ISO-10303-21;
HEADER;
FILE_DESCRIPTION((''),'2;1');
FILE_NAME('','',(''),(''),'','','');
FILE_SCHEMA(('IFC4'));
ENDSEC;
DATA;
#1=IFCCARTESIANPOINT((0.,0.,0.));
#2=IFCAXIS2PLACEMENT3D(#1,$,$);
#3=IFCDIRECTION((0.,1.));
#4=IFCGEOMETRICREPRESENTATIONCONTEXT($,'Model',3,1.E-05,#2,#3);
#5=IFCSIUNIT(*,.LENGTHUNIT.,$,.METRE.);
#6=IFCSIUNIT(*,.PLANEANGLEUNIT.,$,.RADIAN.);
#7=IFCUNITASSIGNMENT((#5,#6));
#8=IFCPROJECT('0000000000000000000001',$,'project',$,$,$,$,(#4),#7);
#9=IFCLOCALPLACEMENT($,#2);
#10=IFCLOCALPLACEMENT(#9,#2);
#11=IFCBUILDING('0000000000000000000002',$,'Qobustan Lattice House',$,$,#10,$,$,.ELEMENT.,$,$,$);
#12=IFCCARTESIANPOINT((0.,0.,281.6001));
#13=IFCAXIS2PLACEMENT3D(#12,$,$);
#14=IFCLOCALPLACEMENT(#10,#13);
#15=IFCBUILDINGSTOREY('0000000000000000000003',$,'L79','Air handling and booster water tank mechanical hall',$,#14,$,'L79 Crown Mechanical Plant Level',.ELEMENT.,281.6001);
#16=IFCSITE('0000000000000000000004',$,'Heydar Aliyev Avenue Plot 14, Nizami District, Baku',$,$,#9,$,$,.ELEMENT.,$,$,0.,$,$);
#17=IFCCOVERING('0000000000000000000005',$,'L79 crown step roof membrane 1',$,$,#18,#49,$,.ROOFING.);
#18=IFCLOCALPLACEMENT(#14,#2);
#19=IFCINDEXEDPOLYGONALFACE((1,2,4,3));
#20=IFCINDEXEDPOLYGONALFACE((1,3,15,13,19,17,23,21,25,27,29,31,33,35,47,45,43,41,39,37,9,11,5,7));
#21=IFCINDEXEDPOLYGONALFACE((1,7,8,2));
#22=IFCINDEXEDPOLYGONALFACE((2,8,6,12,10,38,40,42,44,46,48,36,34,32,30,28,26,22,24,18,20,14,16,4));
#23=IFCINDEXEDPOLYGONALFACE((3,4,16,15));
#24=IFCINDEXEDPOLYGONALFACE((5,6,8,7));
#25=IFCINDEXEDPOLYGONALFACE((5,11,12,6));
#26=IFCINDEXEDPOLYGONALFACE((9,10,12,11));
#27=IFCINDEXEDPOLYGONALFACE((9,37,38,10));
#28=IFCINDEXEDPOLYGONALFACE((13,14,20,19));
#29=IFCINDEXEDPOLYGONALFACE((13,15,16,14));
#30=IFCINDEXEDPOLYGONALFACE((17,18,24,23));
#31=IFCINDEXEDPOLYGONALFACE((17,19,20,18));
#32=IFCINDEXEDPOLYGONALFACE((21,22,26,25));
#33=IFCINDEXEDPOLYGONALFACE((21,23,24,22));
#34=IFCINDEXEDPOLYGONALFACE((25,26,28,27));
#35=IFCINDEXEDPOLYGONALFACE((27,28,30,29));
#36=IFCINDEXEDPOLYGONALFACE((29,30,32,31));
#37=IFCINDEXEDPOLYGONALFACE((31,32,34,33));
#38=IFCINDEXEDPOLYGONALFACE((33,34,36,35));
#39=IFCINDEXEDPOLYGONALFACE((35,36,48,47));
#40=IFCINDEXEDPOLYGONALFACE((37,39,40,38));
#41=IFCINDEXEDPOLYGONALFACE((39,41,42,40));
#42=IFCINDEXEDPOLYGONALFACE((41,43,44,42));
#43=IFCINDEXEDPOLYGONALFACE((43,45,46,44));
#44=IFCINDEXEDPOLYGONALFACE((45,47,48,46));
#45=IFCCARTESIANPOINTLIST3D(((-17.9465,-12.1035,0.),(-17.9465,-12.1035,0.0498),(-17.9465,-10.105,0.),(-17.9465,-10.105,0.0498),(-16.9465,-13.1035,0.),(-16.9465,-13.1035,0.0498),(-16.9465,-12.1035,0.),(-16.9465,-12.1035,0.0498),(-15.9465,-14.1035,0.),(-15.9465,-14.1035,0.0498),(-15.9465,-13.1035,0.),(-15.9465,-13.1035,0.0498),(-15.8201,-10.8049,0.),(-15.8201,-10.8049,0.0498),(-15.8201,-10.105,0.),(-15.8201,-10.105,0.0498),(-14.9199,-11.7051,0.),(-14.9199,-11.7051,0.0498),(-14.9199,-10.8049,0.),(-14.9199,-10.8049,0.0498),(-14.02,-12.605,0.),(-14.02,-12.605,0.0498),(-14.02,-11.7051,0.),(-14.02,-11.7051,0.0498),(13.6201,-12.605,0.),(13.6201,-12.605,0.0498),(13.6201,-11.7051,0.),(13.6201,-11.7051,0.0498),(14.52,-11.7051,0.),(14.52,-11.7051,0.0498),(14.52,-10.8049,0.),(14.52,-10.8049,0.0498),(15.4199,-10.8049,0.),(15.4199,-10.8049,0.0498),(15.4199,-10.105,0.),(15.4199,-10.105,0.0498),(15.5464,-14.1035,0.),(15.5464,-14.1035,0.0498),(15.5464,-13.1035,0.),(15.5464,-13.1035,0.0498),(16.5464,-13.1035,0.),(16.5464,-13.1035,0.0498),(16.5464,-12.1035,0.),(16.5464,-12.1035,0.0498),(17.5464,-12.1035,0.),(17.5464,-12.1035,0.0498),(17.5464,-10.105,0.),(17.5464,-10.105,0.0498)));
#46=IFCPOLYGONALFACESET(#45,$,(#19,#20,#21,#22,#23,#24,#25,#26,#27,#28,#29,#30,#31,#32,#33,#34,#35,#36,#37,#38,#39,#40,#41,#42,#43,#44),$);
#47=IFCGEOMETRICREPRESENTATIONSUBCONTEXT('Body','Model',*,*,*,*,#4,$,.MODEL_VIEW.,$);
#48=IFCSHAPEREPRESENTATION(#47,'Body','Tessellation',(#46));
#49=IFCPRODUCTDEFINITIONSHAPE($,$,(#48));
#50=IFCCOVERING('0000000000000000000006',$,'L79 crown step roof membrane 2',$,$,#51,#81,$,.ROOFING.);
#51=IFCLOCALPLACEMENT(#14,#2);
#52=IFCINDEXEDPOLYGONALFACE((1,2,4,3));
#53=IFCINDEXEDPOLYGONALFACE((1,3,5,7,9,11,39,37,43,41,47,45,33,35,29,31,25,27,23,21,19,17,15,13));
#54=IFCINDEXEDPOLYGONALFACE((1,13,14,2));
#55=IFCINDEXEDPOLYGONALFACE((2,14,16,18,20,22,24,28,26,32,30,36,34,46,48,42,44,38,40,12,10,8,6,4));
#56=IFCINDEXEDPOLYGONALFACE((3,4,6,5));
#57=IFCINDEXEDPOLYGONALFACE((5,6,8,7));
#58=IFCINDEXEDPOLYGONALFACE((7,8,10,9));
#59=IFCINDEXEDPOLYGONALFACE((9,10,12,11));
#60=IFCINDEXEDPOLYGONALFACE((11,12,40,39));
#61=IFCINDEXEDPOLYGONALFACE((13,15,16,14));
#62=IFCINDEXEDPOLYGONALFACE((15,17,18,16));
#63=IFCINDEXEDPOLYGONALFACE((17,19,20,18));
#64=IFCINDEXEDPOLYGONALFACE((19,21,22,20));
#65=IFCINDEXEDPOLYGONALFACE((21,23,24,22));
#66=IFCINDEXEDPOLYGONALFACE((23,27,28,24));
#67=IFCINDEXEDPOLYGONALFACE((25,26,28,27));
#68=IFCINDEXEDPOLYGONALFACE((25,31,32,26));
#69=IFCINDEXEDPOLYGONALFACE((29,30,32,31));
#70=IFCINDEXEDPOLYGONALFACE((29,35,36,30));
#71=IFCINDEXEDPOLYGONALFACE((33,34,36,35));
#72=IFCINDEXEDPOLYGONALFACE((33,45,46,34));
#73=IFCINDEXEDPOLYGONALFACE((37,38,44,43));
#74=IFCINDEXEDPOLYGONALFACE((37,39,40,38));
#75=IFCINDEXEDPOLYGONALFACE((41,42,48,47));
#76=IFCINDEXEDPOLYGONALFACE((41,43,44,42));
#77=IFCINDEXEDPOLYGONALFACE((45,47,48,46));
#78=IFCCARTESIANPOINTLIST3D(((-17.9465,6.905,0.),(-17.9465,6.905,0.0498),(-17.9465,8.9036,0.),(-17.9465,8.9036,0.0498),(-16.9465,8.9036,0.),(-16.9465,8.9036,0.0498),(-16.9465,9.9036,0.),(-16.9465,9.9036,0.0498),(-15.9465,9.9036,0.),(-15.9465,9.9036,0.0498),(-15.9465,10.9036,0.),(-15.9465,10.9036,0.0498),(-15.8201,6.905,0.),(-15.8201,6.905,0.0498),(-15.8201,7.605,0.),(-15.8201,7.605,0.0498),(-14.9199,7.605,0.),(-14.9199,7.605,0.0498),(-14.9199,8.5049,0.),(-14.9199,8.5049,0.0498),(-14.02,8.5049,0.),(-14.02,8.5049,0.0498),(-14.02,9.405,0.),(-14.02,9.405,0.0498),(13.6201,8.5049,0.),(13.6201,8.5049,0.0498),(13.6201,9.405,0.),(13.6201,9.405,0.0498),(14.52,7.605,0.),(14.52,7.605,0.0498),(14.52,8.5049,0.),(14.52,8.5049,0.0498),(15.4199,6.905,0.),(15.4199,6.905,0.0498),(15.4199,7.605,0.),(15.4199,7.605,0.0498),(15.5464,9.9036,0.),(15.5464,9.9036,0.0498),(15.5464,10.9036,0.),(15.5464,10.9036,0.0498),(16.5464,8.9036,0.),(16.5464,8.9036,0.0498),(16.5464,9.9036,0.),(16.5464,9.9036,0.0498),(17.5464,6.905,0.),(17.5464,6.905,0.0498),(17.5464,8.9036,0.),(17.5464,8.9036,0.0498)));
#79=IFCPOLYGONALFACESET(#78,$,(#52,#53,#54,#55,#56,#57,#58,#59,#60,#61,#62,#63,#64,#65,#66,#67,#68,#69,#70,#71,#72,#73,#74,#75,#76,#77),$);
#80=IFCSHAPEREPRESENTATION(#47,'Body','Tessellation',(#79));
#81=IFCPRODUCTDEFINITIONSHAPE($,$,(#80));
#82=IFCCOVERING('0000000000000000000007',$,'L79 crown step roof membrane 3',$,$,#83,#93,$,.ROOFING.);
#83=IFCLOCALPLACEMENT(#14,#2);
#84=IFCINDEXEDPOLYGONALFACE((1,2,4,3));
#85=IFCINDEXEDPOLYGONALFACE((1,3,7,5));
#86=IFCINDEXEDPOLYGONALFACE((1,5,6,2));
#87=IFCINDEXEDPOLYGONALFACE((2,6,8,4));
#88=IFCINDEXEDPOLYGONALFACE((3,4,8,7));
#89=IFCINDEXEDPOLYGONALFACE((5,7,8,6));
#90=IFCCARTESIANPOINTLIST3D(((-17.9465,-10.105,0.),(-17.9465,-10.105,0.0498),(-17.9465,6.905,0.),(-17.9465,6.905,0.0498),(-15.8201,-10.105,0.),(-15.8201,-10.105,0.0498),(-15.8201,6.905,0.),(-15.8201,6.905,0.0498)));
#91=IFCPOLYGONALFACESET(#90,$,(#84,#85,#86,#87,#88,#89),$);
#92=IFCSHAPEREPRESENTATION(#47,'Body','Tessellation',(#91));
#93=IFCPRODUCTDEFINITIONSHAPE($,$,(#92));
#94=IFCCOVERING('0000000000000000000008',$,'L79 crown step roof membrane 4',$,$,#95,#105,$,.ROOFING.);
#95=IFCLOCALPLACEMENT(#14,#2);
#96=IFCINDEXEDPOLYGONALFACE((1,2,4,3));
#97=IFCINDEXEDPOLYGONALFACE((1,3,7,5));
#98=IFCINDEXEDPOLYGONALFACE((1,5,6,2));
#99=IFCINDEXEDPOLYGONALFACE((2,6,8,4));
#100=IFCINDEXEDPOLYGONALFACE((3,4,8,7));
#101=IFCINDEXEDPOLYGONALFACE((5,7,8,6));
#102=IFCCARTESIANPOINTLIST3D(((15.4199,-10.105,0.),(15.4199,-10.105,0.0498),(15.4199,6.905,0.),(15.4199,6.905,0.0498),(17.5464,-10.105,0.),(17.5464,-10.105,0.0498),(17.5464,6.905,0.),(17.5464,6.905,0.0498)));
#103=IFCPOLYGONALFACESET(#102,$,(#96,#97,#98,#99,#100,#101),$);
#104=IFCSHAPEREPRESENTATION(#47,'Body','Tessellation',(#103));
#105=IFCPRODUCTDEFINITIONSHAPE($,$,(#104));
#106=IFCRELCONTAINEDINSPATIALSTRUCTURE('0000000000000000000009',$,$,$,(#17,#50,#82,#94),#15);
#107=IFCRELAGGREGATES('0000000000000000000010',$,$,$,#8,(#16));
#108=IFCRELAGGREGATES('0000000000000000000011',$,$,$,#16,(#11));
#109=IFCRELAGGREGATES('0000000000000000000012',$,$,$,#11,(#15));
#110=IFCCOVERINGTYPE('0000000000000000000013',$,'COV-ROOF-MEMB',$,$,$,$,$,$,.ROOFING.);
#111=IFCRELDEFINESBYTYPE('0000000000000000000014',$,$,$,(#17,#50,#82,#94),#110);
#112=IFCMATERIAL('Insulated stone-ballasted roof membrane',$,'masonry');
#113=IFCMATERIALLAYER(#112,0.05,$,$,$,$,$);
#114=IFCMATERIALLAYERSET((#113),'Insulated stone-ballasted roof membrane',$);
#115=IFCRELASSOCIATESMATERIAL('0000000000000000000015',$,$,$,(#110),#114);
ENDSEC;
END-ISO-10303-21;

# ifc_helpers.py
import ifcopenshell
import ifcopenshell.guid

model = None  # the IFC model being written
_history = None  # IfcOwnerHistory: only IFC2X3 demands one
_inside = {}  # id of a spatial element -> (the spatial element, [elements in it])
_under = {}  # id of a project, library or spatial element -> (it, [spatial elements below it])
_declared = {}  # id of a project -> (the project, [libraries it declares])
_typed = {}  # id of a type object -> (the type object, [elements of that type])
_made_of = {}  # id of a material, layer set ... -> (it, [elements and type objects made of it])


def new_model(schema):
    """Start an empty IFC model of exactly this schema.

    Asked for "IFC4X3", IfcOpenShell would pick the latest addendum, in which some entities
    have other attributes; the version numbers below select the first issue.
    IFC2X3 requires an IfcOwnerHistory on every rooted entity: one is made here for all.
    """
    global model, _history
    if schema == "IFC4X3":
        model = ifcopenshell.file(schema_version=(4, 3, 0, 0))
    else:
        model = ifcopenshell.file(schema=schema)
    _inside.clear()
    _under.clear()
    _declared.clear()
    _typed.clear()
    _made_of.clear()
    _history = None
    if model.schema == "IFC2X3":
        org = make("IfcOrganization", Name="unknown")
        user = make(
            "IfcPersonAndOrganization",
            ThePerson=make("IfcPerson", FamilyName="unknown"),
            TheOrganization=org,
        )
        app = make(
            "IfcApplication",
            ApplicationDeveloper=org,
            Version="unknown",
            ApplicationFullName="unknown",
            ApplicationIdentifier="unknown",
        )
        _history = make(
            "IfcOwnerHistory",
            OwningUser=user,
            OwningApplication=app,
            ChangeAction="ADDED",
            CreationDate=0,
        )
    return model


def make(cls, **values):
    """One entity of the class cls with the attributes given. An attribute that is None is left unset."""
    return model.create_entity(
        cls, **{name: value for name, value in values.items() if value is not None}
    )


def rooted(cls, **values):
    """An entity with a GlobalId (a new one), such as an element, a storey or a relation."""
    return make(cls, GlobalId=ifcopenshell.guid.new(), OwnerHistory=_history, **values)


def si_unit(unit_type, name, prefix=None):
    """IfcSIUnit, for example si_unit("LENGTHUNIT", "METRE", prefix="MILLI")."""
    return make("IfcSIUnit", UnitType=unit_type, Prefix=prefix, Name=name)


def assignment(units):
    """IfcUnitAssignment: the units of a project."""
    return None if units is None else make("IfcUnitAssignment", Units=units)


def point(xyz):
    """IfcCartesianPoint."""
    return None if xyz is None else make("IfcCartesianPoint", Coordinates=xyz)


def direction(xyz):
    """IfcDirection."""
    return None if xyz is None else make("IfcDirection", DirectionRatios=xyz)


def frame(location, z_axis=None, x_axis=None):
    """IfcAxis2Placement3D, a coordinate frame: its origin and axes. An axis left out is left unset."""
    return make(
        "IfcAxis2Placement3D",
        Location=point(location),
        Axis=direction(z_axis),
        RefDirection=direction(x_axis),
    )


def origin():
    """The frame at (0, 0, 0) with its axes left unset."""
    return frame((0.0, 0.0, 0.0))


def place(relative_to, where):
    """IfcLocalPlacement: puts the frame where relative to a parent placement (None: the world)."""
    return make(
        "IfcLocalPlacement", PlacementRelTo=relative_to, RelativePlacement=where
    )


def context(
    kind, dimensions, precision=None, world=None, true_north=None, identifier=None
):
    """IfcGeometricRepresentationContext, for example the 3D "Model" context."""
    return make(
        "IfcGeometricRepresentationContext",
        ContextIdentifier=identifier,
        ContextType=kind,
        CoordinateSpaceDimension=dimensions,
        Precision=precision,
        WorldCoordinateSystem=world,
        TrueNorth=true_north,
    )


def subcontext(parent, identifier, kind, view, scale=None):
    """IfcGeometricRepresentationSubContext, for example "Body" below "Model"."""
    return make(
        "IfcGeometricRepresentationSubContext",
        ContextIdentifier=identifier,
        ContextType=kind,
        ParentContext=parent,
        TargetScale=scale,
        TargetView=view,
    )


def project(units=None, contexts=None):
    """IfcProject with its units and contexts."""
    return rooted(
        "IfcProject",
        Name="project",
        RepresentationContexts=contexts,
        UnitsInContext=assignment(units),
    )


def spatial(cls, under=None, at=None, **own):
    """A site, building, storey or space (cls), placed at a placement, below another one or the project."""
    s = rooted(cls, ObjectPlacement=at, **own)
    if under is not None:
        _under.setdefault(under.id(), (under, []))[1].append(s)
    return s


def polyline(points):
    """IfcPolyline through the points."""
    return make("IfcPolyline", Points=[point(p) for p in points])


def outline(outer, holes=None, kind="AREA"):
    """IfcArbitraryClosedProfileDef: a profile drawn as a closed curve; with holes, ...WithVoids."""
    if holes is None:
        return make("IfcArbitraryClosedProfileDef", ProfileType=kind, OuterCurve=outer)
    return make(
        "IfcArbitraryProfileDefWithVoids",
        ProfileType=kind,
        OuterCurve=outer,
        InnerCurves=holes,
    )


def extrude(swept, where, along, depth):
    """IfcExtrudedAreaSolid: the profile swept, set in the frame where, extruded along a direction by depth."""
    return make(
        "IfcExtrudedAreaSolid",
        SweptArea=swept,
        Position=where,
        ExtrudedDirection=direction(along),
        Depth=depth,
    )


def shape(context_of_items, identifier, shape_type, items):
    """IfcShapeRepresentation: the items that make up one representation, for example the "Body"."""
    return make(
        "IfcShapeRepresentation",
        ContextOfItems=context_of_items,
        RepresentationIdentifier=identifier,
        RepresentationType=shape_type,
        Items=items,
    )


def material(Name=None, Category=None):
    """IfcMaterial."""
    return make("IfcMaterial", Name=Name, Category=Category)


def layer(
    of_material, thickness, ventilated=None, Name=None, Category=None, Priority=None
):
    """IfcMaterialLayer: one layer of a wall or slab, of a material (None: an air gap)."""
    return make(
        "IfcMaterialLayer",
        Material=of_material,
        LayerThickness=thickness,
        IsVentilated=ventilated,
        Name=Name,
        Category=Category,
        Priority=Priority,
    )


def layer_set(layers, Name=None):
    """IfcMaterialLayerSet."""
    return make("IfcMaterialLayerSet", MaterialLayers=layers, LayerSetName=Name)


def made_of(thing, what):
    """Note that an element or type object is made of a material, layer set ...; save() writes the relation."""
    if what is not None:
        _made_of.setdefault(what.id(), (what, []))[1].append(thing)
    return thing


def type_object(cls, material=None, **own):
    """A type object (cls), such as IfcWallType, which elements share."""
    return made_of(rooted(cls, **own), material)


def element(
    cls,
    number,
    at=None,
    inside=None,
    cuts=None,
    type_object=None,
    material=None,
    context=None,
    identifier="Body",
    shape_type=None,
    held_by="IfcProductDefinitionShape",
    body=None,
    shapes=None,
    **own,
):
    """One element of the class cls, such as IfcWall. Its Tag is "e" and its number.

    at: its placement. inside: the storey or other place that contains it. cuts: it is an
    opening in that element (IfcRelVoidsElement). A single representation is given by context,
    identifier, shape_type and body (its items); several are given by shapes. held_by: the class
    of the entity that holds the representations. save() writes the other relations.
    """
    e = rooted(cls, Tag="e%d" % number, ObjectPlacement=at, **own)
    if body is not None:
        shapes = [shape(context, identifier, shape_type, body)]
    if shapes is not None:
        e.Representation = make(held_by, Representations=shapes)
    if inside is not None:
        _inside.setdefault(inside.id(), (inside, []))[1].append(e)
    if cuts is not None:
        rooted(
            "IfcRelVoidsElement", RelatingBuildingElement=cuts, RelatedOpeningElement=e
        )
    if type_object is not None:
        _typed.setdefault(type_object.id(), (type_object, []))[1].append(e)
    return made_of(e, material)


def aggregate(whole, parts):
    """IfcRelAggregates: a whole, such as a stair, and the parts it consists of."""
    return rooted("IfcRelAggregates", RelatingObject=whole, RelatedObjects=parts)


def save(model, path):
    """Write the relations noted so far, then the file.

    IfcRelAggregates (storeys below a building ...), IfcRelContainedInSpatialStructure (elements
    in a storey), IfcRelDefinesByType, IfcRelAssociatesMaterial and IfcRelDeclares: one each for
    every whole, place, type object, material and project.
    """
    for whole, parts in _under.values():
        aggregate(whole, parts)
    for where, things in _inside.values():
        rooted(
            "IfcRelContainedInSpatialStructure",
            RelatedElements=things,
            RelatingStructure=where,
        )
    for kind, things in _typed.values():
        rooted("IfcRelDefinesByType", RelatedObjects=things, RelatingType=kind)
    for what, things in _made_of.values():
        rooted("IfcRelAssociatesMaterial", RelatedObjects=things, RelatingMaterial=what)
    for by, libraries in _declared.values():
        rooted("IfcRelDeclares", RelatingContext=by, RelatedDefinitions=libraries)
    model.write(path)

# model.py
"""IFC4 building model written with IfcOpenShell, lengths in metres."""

from ifc_helpers import new_model, si_unit, direction, frame, origin, place, context, subcontext, project, spatial, polyline, outline, extrude, material, layer, layer_set, type_object, element, save


model = new_model("IFC4")

# Units and contexts
model_context = context("Model", 3, precision=1e-05, world=origin(), true_north=direction((0.0, 1.0)))
body_context = subcontext(model_context, "Body", "Model", "MODEL_VIEW")
ifc_project = project(units=[si_unit("LENGTHUNIT", "METRE"), si_unit("PLANEANGLEUNIT", "RADIAN")], contexts=[model_context])

# Site, building, storey
site_placement = place(None, origin())
site = spatial("IfcSite", under=ifc_project, at=site_placement, Name="Heydar Aliyev Avenue Plot 14, Nizami District, Baku", CompositionType="ELEMENT", RefElevation=0.0)
building_placement = place(site_placement, origin())
building = spatial("IfcBuilding", under=site, at=building_placement, Name="Qobustan Lattice House", CompositionType="ELEMENT")
storey_placement = place(building_placement, frame((0.0, 0.0, 281.6001)))
storey = spatial("IfcBuildingStorey", under=building, at=storey_placement, Name="L79", Description="Air handling and booster water tank mechanical hall", LongName="L79 Crown Mechanical Plant Level", CompositionType="ELEMENT", Elevation=281.6001)

# Coverings
ifc_material_1 = material(Name="Insulated stone-ballasted roof membrane", Category="masonry")
ifc_layer_1 = layer(ifc_material_1, 0.05)
ifc_layer_set_1 = layer_set([ifc_layer_1], Name="Insulated stone-ballasted roof membrane")
covering_type = type_object("IfcCoveringType", Name="COV-ROOF-MEMB", PredefinedType="ROOFING", material=ifc_layer_set_1)
covering_1_placement = place(storey_placement, origin())
element("IfcCovering", 1, at=covering_1_placement, inside=storey, type_object=covering_type, Name="L79 crown step roof membrane 1", PredefinedType="ROOFING", context=body_context, shape_type="SweptSolid", body=[
    extrude(outline(polyline([(-15.9465, -13.1035), (-15.9465, -14.1035), (15.5464, -14.1035), (15.5464, -13.1035), (16.5464, -13.1035), (16.5464, -12.1035), (17.5464, -12.1035), (17.5464, -10.105), (15.4199, -10.105), (15.4199, -10.8049), (14.52, -10.8049), (14.52, -11.7051), (13.6201, -11.7051), (13.6201, -12.605), (-14.02, -12.605), (-14.02, -11.7051), (-14.9199, -11.7051), (-14.9199, -10.8049), (-15.8201, -10.8049), (-15.8201, -10.105), (-17.9465, -10.105), (-17.9465, -12.1035), (-16.9465, -12.1035), (-16.9465, -13.1035), (-15.9465, -13.1035)])), origin(), (0.0, 0.0, 1.0), 0.0498),
])
covering_2_placement = place(storey_placement, origin())
element("IfcCovering", 2, at=covering_2_placement, inside=storey, type_object=covering_type, Name="L79 crown step roof membrane 2", PredefinedType="ROOFING", context=body_context, shape_type="SweptSolid", body=[
    extrude(outline(polyline([(-17.9465, 6.905), (-15.8201, 6.905), (-15.8201, 7.605), (-14.9199, 7.605), (-14.9199, 8.5049), (-14.02, 8.5049), (-14.02, 9.405), (13.6201, 9.405), (13.6201, 8.5049), (14.52, 8.5049), (14.52, 7.605), (15.4199, 7.605), (15.4199, 6.905), (17.5464, 6.905), (17.5464, 8.9036), (16.5464, 8.9036), (16.5464, 9.9036), (15.5464, 9.9036), (15.5464, 10.9036), (-15.9465, 10.9036), (-15.9465, 9.9036), (-16.9465, 9.9036), (-16.9465, 8.9036), (-17.9465, 8.9036), (-17.9465, 6.905)])), origin(), (0.0, 0.0, 1.0), 0.0498),
])
covering_3_placement = place(storey_placement, origin())
element("IfcCovering", 3, at=covering_3_placement, inside=storey, type_object=covering_type, Name="L79 crown step roof membrane 3", PredefinedType="ROOFING", context=body_context, shape_type="SweptSolid", body=[
    extrude(outline(polyline([(-17.9465, -10.105), (-15.8201, -10.105), (-15.8201, 6.905), (-17.9465, 6.905), (-17.9465, -10.105)])), origin(), (0.0, 0.0, 1.0), 0.0498),
])
covering_4_placement = place(storey_placement, origin())
element("IfcCovering", 4, at=covering_4_placement, inside=storey, type_object=covering_type, Name="L79 crown step roof membrane 4", PredefinedType="ROOFING", context=body_context, shape_type="SweptSolid", body=[
    extrude(outline(polyline([(17.5464, 6.905), (15.4199, 6.905), (15.4199, -10.105), (17.5464, -10.105), (17.5464, 6.905)])), origin(), (0.0, 0.0, 1.0), 0.0498),
])

save(model, "model.ifc")
